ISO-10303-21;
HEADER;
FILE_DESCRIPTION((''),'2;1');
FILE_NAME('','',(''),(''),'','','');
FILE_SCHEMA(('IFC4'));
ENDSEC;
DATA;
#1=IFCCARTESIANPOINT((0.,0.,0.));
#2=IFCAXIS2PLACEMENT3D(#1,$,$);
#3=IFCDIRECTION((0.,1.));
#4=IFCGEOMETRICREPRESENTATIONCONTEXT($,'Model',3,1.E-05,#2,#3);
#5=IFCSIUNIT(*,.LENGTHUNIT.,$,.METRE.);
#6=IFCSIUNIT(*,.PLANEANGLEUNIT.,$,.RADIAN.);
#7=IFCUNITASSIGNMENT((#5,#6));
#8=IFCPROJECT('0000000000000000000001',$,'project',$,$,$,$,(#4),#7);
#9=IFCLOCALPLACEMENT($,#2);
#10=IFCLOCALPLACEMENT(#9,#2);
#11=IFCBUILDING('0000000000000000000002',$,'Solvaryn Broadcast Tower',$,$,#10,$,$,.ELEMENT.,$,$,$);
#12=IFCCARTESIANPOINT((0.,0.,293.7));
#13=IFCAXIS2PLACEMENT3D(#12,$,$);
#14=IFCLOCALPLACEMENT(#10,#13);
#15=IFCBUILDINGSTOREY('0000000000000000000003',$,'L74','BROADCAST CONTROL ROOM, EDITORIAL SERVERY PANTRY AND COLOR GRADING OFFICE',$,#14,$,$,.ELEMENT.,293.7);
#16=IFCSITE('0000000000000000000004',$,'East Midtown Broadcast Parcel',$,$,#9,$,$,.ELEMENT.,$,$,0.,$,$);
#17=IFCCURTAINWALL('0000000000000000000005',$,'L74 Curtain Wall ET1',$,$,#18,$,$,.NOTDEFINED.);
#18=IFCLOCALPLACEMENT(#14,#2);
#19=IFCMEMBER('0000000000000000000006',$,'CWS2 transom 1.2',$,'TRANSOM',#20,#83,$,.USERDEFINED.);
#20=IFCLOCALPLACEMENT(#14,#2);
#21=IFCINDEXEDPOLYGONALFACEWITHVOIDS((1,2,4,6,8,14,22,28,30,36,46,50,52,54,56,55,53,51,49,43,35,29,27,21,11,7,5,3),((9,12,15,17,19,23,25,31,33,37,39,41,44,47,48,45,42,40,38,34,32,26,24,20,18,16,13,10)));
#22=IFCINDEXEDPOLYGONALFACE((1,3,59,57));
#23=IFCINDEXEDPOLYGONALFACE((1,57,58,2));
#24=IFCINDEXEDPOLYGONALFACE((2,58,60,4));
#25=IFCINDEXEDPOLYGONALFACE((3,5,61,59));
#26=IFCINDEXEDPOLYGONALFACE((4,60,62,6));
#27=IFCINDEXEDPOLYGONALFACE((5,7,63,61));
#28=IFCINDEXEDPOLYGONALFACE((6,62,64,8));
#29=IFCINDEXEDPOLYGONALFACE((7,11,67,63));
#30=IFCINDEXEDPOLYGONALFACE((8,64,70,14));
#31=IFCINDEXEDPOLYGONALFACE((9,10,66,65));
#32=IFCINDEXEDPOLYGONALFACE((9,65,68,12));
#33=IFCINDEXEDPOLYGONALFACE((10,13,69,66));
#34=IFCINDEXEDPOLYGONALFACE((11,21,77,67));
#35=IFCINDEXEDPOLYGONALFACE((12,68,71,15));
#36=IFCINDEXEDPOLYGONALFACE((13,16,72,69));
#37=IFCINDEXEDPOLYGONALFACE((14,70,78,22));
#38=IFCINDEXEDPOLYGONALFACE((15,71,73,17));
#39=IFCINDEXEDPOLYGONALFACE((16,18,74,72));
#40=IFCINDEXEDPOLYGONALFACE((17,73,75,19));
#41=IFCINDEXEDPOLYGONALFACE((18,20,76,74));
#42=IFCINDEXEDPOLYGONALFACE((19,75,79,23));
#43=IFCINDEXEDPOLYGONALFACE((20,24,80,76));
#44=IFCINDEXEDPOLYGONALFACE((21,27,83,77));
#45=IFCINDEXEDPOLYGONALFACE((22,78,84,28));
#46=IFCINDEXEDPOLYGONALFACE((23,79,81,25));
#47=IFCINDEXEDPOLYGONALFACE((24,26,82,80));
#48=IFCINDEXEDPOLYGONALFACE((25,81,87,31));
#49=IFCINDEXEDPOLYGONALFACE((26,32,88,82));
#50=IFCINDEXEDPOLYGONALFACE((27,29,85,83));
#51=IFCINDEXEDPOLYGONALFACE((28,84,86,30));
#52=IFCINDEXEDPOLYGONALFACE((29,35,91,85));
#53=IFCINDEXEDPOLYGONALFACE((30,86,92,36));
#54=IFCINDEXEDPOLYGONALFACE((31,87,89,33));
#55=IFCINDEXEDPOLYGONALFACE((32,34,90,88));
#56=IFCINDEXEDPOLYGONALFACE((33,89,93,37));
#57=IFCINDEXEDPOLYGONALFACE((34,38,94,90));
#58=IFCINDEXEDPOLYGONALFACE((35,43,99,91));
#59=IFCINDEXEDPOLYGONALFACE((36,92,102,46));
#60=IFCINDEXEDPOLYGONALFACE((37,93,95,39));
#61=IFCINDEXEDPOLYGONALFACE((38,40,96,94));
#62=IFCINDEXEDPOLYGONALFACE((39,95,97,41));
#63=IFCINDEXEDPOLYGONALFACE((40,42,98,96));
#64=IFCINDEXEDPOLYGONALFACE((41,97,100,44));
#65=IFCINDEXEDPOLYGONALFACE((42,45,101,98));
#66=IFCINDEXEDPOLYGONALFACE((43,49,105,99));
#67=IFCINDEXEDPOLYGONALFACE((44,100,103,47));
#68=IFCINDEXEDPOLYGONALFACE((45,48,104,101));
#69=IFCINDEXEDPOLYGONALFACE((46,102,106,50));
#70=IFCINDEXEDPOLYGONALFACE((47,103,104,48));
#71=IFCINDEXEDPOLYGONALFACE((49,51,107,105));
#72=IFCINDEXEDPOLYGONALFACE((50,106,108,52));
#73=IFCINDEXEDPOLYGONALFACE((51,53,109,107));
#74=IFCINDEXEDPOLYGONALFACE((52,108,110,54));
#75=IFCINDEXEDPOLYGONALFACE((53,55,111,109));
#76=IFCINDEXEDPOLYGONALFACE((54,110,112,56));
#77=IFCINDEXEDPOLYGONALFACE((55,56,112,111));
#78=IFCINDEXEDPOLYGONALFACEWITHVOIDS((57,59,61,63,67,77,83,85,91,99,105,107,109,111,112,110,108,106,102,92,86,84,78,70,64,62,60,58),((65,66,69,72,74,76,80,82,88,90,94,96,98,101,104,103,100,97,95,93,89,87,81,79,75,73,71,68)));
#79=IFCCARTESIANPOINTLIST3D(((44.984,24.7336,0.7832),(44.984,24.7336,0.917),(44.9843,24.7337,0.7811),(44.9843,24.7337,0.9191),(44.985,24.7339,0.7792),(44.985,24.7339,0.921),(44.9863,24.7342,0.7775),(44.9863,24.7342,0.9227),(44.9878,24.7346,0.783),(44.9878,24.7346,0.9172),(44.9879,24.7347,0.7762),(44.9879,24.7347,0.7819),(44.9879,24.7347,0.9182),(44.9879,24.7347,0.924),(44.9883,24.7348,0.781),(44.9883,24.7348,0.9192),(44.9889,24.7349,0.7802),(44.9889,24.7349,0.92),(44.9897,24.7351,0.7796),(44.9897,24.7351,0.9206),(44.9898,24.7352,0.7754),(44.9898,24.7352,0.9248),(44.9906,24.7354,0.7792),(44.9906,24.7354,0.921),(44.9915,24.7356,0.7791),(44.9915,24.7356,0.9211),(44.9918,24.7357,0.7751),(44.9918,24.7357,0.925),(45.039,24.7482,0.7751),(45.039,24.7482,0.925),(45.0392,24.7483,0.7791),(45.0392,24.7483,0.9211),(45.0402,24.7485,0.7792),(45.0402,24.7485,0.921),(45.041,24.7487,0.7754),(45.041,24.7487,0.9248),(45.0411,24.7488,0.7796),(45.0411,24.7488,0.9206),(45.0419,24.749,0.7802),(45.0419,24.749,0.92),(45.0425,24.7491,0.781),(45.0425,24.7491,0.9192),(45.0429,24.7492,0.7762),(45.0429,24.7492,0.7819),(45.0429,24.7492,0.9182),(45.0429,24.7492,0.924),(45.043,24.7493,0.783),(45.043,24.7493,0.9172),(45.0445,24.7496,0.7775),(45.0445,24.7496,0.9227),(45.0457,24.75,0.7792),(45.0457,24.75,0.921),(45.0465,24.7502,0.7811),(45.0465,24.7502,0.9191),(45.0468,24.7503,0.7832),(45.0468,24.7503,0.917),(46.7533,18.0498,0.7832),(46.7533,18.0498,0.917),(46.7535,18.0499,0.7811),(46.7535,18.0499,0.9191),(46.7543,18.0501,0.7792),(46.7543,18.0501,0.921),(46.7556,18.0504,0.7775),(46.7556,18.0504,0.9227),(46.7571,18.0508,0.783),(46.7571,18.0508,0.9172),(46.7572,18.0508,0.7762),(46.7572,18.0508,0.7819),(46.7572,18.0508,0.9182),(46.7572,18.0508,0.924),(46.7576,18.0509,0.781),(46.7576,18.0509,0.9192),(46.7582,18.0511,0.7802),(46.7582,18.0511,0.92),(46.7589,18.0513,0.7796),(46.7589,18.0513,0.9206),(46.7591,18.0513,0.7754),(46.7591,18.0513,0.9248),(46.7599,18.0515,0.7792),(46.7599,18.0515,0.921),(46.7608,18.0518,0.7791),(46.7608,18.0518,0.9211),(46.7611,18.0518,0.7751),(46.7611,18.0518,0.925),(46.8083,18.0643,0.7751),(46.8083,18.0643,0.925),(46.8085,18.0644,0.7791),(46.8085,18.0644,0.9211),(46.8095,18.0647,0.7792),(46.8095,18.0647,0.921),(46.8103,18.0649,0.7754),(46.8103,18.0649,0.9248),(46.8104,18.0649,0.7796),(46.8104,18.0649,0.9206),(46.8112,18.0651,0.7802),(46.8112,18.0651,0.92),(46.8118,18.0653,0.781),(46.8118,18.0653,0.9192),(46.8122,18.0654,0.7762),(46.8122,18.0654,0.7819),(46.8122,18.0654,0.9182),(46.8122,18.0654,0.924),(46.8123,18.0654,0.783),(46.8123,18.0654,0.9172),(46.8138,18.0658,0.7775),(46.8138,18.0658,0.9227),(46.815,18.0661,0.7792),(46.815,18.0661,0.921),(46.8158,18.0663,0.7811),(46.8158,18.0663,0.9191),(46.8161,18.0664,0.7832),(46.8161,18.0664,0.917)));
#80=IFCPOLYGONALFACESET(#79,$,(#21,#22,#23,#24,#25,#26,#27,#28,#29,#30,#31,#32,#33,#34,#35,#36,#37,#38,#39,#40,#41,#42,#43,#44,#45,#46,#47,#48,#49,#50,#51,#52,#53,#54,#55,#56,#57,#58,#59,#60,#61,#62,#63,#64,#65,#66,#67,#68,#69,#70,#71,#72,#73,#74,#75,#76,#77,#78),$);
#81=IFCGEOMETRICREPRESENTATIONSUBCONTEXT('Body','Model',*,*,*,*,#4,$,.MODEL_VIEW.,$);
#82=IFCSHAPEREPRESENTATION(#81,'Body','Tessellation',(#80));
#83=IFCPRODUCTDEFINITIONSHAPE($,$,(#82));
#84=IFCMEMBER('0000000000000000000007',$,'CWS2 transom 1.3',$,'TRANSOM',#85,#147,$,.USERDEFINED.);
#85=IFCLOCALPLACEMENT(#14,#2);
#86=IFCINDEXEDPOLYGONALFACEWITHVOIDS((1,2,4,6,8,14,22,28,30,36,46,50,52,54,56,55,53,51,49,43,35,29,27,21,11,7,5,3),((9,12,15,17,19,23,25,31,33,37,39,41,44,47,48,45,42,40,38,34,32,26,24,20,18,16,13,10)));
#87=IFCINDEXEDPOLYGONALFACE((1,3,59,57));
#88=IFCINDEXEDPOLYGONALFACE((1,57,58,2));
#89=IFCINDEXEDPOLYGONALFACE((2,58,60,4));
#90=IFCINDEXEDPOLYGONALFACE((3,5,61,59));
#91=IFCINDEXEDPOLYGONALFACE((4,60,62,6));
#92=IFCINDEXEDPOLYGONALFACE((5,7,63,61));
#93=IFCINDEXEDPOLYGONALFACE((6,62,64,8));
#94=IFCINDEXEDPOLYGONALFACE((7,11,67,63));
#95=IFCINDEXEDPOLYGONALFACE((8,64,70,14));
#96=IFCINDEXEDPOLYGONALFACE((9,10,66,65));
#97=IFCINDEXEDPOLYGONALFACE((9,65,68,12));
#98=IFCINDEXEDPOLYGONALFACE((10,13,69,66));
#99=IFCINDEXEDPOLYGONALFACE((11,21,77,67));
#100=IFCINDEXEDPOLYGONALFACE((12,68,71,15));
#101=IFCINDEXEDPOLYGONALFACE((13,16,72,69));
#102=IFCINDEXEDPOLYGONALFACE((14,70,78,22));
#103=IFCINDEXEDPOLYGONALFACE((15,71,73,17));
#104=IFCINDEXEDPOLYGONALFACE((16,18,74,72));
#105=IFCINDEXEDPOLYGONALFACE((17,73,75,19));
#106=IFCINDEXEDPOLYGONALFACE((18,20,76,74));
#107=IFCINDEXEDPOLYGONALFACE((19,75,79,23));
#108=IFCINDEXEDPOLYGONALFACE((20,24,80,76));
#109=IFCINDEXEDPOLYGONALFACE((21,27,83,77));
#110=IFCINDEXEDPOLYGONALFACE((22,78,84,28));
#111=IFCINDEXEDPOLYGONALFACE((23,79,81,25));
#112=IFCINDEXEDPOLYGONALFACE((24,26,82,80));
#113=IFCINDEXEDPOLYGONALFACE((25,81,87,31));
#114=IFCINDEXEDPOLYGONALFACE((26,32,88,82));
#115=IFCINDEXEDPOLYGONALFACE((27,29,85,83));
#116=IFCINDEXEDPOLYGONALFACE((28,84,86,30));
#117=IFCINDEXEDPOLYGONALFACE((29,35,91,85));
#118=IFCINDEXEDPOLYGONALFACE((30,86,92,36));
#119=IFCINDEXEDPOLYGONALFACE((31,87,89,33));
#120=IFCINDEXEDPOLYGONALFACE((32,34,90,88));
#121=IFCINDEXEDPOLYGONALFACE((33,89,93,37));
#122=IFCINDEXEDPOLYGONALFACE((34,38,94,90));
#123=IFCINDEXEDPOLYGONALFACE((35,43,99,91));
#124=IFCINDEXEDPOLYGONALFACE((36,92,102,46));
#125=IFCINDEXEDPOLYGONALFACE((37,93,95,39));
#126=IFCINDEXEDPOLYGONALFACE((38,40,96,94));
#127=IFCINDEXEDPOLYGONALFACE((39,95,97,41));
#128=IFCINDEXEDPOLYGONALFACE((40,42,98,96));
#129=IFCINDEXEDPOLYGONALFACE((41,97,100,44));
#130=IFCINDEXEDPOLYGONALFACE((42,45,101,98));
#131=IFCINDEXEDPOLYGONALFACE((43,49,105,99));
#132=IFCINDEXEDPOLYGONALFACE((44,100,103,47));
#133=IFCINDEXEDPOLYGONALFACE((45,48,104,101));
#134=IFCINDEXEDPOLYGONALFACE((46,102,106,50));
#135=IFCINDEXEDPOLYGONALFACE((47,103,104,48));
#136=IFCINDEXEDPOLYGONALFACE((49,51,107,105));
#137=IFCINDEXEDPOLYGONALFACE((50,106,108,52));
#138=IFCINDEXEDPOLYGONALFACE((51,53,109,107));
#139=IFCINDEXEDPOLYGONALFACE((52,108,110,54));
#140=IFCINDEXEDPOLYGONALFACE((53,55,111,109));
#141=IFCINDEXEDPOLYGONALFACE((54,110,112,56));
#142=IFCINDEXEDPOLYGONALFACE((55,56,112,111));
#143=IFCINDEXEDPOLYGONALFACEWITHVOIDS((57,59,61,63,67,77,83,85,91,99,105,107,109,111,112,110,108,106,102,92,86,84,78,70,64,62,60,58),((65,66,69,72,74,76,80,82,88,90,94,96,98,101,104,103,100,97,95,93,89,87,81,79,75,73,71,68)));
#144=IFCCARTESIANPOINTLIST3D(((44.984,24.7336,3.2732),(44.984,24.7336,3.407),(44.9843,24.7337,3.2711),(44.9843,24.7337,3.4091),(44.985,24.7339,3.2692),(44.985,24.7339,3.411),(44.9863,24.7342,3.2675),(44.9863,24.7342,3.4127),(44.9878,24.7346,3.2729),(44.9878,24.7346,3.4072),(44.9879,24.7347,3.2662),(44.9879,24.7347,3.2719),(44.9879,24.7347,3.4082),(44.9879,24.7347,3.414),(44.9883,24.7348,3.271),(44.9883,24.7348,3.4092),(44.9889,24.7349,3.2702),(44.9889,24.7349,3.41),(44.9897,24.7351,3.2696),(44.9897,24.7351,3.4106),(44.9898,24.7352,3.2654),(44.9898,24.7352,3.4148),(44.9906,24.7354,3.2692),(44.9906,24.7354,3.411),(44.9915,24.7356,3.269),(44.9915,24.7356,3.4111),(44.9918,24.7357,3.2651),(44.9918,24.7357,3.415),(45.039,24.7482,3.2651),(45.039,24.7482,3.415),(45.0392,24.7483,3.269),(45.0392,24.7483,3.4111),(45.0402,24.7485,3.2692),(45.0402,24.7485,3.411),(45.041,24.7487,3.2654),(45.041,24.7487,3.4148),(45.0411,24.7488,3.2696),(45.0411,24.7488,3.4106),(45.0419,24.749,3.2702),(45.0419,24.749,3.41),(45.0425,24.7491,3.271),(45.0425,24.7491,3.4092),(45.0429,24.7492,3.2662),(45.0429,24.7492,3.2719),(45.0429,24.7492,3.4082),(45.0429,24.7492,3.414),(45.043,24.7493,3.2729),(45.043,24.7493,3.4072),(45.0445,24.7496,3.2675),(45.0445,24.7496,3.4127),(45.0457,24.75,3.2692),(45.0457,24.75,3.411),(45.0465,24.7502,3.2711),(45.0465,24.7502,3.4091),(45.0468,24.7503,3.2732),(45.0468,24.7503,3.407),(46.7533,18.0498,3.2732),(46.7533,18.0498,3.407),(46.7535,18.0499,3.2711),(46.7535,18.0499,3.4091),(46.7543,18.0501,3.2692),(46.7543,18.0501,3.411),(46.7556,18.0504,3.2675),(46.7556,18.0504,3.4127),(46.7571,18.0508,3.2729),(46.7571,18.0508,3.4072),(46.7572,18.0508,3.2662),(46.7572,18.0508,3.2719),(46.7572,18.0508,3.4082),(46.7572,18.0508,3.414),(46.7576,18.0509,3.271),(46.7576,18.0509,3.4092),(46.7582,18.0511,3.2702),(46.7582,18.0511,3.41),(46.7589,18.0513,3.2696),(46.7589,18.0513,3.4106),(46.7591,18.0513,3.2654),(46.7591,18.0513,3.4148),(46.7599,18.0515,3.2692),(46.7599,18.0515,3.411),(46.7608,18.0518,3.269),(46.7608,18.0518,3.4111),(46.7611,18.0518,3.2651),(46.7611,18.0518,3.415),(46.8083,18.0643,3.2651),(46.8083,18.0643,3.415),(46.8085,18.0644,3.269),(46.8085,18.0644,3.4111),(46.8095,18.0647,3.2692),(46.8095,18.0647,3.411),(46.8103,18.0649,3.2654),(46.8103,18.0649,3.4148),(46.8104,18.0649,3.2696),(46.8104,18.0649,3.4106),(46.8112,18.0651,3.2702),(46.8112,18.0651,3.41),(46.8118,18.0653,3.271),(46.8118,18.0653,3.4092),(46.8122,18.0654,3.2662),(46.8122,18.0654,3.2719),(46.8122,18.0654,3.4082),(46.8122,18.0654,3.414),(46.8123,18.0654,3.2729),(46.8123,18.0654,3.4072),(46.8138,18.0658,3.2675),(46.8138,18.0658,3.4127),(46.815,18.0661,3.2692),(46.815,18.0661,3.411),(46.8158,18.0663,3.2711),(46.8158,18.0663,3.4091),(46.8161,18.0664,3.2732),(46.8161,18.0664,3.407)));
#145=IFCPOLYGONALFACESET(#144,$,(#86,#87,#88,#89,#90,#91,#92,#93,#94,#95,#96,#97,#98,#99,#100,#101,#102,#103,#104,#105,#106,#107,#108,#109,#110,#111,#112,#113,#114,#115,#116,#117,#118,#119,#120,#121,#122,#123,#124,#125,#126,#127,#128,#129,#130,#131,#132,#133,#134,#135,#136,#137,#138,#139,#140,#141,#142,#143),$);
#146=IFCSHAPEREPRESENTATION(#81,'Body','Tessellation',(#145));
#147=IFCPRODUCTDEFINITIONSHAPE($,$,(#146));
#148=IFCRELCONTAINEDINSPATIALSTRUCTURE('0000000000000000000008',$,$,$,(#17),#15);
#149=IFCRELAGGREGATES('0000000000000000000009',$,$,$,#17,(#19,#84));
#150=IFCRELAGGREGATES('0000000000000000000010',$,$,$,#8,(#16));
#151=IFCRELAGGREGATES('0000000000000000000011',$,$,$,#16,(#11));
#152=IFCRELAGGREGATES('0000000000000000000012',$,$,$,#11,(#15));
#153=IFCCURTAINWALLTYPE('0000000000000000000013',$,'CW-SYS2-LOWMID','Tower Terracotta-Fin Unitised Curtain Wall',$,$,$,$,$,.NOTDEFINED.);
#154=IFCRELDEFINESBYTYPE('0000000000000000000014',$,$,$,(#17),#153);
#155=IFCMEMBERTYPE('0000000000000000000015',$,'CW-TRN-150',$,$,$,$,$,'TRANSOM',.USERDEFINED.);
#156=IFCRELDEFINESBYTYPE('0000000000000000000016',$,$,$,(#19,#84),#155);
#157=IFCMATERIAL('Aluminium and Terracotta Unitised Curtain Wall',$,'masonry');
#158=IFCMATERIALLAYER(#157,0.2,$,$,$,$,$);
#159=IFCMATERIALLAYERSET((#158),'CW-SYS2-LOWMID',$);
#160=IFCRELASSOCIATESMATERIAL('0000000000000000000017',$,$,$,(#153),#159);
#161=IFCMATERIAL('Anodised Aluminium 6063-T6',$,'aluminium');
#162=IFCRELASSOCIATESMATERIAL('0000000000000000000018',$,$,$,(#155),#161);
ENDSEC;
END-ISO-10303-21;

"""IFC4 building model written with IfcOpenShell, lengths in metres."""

from ifc_helpers import new_model, si_unit, direction, frame, origin, origin_2d, place, context, subcontext, project, spatial, hollow_rectangle, extrude, material, layer, layer_set, material_profile, profile_set, type_object, element, aggregate, save


model = new_model("IFC4")

# Units and contexts
model_context = context("Model", 3, precision=1e-05, world=origin(), true_north=direction((0.0, 1.0)))
body_context = subcontext(model_context, "Body", "Model", "MODEL_VIEW")
ifc_project = project(units=[si_unit("LENGTHUNIT", "METRE"), si_unit("PLANEANGLEUNIT", "RADIAN")], contexts=[model_context])

# Site, building, storey
site_placement = place(None, origin())
site = spatial("IfcSite", under=ifc_project, at=site_placement, Name="East Midtown Broadcast Parcel", CompositionType="ELEMENT", RefElevation=0.0)
building_placement = place(site_placement, origin())
building = spatial("IfcBuilding", under=site, at=building_placement, Name="Solvaryn Broadcast Tower", CompositionType="ELEMENT")
storey_placement = place(building_placement, frame((0.0, 0.0, 293.7)))
storey = spatial("IfcBuildingStorey", under=building, at=storey_placement, Name="L74", Description="BROADCAST CONTROL ROOM, EDITORIAL SERVERY PANTRY AND COLOR GRADING OFFICE", CompositionType="ELEMENT", Elevation=293.7)

# Curtain wall
ifc_material_1 = material(Name="Aluminium and Terracotta Unitised Curtain Wall", Category="masonry")
ifc_layer_1 = layer(ifc_material_1, 0.2)
ifc_layer_set_1 = layer_set([ifc_layer_1], Name="CW-SYS2-LOWMID")
curtain_wall_type = type_object("IfcCurtainWallType", Name="CW-SYS2-LOWMID", Description="Tower Terracotta-Fin Unitised Curtain Wall", PredefinedType="NOTDEFINED", material=ifc_layer_set_1)
curtain_wall_1_placement = place(storey_placement, origin())
curtain_wall_1 = element("IfcCurtainWall", 1, at=curtain_wall_1_placement, inside=storey, type_object=curtain_wall_type, Name="L74 Curtain Wall ET1", PredefinedType="NOTDEFINED")

# Members
ifc_material_2 = material(Name="Anodised Aluminium 6063-T6", Category="aluminium")
ifc_material_profile_1 = material_profile(ifc_material_2, hollow_rectangle(XDim=0.0649, YDim=0.1499, WallThickness=0.0039, InnerFilletRadius=0.0039, OuterFilletRadius=0.0081, at=origin_2d()))
ifc_profile_set_1 = profile_set([ifc_material_profile_1], Name="Anodised Aluminium 6063-T6")
member_type_1 = type_object("IfcMemberType", Name="CW-TRN-150", ElementType="TRANSOM", PredefinedType="USERDEFINED", material=ifc_profile_set_1)
member_1_placement = place(storey_placement, frame((45.0154, 24.7419, 0.8501), z_axis=(0.255897, -0.966704, 0.0), x_axis=(0.966704, 0.255897, 0.0)))
member_1 = element("IfcMember", 2, at=member_1_placement, type_object=member_type_1, Name="CWS2 transom 1.2", ObjectType="TRANSOM", PredefinedType="USERDEFINED", context=body_context, shape_type="SweptSolid", body=[
    extrude(hollow_rectangle(XDim=0.0649, YDim=0.1499, WallThickness=0.0039, InnerFilletRadius=0.0039, OuterFilletRadius=0.0081, at=origin_2d()), origin(), (0.0, 0.0, 1.0), 6.9141),
])
member_2_placement = place(storey_placement, frame((45.0154, 24.7419, 3.3401), z_axis=(0.255897, -0.966704, 0.0), x_axis=(0.966704, 0.255897, 0.0)))
member_2 = element("IfcMember", 3, at=member_2_placement, type_object=member_type_1, Name="CWS2 transom 1.3", ObjectType="TRANSOM", PredefinedType="USERDEFINED", context=body_context, shape_type="SweptSolid", body=[
    extrude(hollow_rectangle(XDim=0.0649, YDim=0.1499, WallThickness=0.0039, InnerFilletRadius=0.0039, OuterFilletRadius=0.0081, at=origin_2d()), origin(), (0.0, 0.0, 1.0), 6.9141),
])
aggregate(curtain_wall_1, [member_1, member_2])

save(model, "model.ifc")
